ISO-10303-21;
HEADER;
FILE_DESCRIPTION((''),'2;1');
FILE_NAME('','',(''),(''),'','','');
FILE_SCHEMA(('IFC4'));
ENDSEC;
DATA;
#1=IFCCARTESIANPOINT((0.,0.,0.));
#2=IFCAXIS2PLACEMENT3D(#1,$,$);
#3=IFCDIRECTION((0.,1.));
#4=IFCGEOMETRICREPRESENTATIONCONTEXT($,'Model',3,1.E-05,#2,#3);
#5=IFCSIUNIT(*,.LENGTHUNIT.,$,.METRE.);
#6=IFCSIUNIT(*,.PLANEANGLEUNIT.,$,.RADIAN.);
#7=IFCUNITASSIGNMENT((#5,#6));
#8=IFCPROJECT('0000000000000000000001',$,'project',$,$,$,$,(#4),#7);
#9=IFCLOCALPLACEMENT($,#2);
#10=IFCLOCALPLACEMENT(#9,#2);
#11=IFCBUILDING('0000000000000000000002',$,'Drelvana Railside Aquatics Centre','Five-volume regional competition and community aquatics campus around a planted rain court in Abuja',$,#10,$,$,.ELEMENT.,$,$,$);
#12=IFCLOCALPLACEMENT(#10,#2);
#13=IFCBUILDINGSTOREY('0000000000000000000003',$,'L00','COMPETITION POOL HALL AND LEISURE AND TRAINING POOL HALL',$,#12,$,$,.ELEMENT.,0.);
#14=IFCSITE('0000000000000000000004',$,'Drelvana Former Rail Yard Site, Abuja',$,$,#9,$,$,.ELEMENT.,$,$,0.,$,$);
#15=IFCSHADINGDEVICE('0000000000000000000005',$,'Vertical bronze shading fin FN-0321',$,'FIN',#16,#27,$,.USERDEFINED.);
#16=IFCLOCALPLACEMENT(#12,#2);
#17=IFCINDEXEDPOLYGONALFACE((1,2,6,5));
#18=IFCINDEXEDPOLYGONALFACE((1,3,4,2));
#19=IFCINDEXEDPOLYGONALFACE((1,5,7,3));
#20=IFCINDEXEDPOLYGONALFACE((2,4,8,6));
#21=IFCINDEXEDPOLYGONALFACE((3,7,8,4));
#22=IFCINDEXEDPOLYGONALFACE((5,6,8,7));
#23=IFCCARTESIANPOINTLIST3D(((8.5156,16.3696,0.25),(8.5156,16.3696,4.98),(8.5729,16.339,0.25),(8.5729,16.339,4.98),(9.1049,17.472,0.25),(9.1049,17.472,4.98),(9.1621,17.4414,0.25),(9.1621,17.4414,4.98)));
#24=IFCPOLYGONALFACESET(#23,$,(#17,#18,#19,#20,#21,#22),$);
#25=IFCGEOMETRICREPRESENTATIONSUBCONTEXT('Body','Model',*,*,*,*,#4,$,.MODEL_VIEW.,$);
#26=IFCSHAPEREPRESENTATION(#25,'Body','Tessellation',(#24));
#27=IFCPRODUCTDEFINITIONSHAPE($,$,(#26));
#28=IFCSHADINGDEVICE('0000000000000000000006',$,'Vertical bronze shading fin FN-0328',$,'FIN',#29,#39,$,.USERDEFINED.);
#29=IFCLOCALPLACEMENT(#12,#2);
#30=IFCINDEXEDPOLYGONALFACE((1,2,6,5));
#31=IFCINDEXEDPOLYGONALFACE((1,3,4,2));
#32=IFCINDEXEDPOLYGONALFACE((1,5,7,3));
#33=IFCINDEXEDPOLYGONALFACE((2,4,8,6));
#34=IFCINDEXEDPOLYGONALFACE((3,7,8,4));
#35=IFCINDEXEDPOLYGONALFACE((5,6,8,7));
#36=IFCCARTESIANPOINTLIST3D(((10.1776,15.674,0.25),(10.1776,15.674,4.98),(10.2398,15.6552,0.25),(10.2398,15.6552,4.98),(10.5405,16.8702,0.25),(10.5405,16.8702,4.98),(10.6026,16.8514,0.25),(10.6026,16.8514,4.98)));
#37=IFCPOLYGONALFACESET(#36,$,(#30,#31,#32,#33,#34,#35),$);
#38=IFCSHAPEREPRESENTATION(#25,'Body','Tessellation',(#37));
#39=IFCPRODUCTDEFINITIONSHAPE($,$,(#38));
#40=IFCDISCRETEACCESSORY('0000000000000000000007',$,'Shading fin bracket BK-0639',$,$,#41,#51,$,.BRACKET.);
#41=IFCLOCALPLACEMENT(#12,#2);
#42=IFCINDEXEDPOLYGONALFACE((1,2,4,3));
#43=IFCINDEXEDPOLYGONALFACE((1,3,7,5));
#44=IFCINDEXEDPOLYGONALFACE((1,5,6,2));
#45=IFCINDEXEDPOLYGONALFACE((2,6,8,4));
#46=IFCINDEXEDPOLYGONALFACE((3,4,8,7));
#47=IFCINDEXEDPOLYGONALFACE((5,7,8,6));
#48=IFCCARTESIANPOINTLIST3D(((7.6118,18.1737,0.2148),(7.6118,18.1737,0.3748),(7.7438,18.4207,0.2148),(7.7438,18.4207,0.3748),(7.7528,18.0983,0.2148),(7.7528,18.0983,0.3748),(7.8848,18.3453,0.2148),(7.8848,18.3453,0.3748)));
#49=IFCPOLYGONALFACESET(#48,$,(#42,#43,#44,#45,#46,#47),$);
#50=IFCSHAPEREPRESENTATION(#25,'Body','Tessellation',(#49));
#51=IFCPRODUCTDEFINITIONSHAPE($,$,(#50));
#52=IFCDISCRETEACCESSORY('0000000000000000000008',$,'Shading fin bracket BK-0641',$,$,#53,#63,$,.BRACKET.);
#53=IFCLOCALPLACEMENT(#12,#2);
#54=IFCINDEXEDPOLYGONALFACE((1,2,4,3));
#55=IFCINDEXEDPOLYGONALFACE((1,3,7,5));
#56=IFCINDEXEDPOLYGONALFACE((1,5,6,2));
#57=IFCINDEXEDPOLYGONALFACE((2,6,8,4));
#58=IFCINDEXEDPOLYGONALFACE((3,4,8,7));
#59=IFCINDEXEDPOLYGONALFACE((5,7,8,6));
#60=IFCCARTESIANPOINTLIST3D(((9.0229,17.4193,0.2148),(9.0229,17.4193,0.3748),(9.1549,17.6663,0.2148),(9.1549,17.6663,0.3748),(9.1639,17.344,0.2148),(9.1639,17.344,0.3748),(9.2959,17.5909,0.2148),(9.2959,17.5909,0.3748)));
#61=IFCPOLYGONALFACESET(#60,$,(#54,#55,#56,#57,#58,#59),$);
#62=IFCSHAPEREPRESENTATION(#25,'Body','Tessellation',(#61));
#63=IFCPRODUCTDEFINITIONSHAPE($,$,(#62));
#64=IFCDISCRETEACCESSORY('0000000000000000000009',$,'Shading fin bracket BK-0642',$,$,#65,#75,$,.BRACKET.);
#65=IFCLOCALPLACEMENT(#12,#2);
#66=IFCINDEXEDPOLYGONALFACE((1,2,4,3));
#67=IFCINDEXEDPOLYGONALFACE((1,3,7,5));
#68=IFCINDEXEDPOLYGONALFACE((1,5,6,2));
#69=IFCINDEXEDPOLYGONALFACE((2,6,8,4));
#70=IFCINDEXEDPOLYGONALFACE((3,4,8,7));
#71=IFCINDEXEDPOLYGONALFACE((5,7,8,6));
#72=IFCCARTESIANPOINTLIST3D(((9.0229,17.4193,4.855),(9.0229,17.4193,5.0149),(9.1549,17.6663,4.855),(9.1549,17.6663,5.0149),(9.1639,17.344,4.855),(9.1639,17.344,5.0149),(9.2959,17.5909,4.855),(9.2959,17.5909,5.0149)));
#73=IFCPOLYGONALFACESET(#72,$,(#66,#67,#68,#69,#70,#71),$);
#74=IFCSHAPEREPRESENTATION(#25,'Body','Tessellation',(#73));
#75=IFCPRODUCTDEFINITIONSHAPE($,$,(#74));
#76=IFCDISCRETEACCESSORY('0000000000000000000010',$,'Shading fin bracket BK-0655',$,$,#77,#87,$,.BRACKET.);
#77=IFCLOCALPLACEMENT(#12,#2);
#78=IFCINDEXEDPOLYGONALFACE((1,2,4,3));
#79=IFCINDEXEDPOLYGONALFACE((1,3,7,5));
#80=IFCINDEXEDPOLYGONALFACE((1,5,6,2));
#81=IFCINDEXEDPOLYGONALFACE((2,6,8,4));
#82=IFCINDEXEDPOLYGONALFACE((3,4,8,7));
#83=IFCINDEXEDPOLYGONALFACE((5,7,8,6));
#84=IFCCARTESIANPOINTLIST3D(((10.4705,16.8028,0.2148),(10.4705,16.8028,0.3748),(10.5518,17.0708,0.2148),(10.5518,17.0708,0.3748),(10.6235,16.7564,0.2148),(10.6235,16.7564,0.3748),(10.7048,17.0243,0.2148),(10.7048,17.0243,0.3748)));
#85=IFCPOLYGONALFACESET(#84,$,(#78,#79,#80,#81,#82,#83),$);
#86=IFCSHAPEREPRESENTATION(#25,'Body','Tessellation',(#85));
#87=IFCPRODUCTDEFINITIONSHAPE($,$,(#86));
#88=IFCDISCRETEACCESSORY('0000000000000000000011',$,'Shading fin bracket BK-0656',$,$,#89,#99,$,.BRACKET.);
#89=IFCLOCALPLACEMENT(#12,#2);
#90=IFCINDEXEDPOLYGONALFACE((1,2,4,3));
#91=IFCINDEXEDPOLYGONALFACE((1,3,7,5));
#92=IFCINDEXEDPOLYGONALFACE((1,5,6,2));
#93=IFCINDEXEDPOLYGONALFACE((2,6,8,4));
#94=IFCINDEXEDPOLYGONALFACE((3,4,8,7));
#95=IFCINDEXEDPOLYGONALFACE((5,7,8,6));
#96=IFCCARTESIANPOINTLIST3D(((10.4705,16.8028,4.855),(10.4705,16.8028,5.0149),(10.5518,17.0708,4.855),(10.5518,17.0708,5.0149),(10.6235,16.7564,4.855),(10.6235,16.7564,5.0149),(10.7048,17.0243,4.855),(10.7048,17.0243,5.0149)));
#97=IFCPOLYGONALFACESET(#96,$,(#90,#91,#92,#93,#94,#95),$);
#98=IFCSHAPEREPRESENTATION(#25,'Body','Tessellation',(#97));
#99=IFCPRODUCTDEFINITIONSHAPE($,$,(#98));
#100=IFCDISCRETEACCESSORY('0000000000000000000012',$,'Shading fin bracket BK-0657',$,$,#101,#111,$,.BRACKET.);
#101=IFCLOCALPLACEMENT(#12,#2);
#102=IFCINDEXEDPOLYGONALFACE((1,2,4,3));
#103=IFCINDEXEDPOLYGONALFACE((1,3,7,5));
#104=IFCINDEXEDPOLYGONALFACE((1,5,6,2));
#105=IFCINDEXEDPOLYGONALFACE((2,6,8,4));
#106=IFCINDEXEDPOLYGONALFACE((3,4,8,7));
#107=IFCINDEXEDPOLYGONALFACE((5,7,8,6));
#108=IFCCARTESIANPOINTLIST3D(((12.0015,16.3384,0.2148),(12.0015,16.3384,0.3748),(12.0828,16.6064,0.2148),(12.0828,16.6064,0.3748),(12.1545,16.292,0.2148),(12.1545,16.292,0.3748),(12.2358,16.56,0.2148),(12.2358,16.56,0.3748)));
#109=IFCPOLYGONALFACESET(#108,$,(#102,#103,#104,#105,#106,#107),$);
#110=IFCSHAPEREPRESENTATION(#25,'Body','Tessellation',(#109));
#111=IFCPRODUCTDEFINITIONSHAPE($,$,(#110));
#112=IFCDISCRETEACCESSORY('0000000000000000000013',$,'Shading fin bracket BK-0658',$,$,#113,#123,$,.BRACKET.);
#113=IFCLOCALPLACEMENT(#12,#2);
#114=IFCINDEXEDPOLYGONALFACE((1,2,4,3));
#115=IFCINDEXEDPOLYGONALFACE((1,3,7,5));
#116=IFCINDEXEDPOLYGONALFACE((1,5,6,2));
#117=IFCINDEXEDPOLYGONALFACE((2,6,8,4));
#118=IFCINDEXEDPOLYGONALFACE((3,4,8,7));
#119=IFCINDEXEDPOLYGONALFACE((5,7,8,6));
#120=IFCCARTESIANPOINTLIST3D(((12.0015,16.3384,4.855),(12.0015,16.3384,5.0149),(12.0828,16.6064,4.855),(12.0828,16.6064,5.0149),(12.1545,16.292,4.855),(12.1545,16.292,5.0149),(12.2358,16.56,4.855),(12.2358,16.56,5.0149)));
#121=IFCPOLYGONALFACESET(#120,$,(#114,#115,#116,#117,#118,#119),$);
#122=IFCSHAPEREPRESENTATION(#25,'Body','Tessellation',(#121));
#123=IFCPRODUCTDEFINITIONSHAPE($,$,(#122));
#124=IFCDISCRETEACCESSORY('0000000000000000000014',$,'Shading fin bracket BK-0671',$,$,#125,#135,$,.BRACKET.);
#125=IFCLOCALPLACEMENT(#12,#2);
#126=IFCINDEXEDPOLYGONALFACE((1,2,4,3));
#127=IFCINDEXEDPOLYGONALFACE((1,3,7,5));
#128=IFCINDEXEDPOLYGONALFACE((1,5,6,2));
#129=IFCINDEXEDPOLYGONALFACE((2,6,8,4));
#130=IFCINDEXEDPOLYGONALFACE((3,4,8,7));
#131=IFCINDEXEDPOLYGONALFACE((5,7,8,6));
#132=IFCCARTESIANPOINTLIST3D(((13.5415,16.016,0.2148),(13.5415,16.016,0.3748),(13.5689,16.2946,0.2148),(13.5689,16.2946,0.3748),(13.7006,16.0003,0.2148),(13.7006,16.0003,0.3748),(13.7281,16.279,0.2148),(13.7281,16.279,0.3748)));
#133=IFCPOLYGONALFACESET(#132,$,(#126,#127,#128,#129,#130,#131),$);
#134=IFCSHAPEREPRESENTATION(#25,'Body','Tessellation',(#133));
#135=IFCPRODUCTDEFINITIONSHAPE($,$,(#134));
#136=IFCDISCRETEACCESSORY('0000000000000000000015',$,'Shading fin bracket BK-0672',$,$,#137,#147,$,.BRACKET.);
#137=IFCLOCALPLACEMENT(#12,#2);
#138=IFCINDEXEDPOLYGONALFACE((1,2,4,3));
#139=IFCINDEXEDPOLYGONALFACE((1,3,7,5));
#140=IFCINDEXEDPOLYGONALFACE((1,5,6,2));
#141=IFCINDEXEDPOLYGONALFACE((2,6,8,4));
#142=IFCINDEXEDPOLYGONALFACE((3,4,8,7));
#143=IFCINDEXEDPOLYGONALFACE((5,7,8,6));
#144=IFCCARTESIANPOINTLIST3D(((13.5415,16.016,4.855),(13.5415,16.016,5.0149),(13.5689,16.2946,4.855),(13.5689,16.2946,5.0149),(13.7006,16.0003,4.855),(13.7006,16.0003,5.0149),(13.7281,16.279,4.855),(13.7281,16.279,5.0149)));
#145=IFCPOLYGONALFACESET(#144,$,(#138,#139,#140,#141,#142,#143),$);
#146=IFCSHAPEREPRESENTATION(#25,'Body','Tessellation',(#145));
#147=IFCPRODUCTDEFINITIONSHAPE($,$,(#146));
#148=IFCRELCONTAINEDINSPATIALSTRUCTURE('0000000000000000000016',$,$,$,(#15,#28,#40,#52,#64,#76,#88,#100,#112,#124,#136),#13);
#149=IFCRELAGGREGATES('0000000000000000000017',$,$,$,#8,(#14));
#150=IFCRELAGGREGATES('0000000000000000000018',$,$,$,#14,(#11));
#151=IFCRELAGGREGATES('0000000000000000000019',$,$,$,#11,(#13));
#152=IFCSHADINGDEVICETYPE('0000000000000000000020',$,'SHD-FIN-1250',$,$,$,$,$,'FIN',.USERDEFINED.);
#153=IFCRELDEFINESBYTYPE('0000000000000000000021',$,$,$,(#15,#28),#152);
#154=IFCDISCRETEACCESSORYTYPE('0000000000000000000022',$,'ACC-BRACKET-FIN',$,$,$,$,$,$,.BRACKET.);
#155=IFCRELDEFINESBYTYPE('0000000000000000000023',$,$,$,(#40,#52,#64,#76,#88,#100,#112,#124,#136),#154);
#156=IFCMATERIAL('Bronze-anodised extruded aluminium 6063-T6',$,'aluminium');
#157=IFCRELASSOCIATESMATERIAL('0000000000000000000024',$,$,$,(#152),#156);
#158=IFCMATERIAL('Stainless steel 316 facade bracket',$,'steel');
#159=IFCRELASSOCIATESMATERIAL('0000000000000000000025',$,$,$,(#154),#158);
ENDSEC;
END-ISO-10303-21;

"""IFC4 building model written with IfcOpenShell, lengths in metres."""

from ifc_helpers import new_model, si_unit, direction, frame, origin, origin_2d, place, context, subcontext, project, spatial, rectangle, extrude, material, type_object, element, save


model = new_model("IFC4")

# Units and contexts
model_context = context("Model", 3, precision=1e-05, world=origin(), true_north=direction((0.0, 1.0)))
body_context = subcontext(model_context, "Body", "Model", "MODEL_VIEW")
ifc_project = project(units=[si_unit("LENGTHUNIT", "METRE"), si_unit("PLANEANGLEUNIT", "RADIAN")], contexts=[model_context])

# Site, building, storey
site_placement = place(None, origin())
site = spatial("IfcSite", under=ifc_project, at=site_placement, Name="Drelvana Former Rail Yard Site, Abuja", CompositionType="ELEMENT", RefElevation=0.0)
building_placement = place(site_placement, origin())
building = spatial("IfcBuilding", under=site, at=building_placement, Name="Drelvana Railside Aquatics Centre", Description="Five-volume regional competition and community aquatics campus around a planted rain court in Abuja", CompositionType="ELEMENT")
storey_placement = place(building_placement, origin())
storey = spatial("IfcBuildingStorey", under=building, at=storey_placement, Name="L00", Description="COMPETITION POOL HALL AND LEISURE AND TRAINING POOL HALL", CompositionType="ELEMENT", Elevation=0.0)

# Shared definitions
ifc_material_1 = material(Name="Bronze-anodised extruded aluminium 6063-T6", Category="aluminium")

# Shading devices
shading_device_type = type_object("IfcShadingDeviceType", Name="SHD-FIN-1250", ElementType="FIN", PredefinedType="USERDEFINED", material=ifc_material_1)
for number, where, z_axis, x_axis, name in (
    (1, (8.8389, 16.9055, 0.25), (0.0, 0.0, 1.0), (-0.471397, -0.881921, 0.0), "Vertical bronze shading fin FN-0321"),
    (2, (10.3901, 16.2627, 0.25), (0.0, 0.0, 1.0), (-0.290285, -0.95694, 0.0), "Vertical bronze shading fin FN-0328"),
):
    element("IfcShadingDevice", number, at=place(storey_placement, frame(where, z_axis=z_axis, x_axis=x_axis)), inside=storey, type_object=shading_device_type, Name=name, ObjectType="FIN", PredefinedType="USERDEFINED", context=body_context, shape_type="SweptSolid", body=[
        extrude(rectangle(XDim=1.25, YDim=0.0649, at=origin_2d()), origin(), (0.0, 0.0, 1.0), 4.73),
    ])

# Discrete accessories
ifc_material_2 = material(Name="Stainless steel 316 facade bracket", Category="steel")
discrete_accessory_type = type_object("IfcDiscreteAccessoryType", Name="ACC-BRACKET-FIN", PredefinedType="BRACKET", material=ifc_material_2)
for number, where, z_axis, x_axis, name in (
    (3, (7.7483, 18.2595, 0.2148), (0.0, 0.0, 1.0), (-0.471397, -0.881921, 0.0), "Shading fin bracket BK-0639"),
    (4, (9.1594, 17.5051, 0.2148), (0.0, 0.0, 1.0), (-0.471397, -0.881921, 0.0), "Shading fin bracket BK-0641"),
    (5, (9.1594, 17.5051, 4.855), (0.0, 0.0, 1.0), (-0.471397, -0.881921, 0.0), "Shading fin bracket BK-0642"),
    (6, (10.5876, 16.9136, 0.2148), (0.0, 0.0, 1.0), (-0.290285, -0.95694, 0.0), "Shading fin bracket BK-0655"),
    (7, (10.5876, 16.9136, 4.855), (0.0, 0.0, 1.0), (-0.290285, -0.95694, 0.0), "Shading fin bracket BK-0656"),
    (8, (12.1187, 16.4492, 0.2148), (0.0, 0.0, 1.0), (-0.290285, -0.95694, 0.0), "Shading fin bracket BK-0657"),
    (9, (12.1187, 16.4492, 4.855), (0.0, 0.0, 1.0), (-0.290285, -0.95694, 0.0), "Shading fin bracket BK-0658"),
    (10, (13.6348, 16.1475, 0.2148), (0.0, 0.0, 1.0), (-0.098017, -0.995185, 0.0), "Shading fin bracket BK-0671"),
    (11, (13.6348, 16.1475, 4.855), (0.0, 0.0, 1.0), (-0.098017, -0.995185, 0.0), "Shading fin bracket BK-0672"),
):
    element("IfcDiscreteAccessory", number, at=place(storey_placement, frame(where, z_axis=z_axis, x_axis=x_axis)), inside=storey, type_object=discrete_accessory_type, Name=name, PredefinedType="BRACKET", context=body_context, shape_type="SweptSolid", body=[
        extrude(rectangle(XDim=0.28, YDim=0.1599, at=origin_2d()), origin(), (0.0, 0.0, 1.0), 0.1599),
    ])

save(model, "model.ifc")
